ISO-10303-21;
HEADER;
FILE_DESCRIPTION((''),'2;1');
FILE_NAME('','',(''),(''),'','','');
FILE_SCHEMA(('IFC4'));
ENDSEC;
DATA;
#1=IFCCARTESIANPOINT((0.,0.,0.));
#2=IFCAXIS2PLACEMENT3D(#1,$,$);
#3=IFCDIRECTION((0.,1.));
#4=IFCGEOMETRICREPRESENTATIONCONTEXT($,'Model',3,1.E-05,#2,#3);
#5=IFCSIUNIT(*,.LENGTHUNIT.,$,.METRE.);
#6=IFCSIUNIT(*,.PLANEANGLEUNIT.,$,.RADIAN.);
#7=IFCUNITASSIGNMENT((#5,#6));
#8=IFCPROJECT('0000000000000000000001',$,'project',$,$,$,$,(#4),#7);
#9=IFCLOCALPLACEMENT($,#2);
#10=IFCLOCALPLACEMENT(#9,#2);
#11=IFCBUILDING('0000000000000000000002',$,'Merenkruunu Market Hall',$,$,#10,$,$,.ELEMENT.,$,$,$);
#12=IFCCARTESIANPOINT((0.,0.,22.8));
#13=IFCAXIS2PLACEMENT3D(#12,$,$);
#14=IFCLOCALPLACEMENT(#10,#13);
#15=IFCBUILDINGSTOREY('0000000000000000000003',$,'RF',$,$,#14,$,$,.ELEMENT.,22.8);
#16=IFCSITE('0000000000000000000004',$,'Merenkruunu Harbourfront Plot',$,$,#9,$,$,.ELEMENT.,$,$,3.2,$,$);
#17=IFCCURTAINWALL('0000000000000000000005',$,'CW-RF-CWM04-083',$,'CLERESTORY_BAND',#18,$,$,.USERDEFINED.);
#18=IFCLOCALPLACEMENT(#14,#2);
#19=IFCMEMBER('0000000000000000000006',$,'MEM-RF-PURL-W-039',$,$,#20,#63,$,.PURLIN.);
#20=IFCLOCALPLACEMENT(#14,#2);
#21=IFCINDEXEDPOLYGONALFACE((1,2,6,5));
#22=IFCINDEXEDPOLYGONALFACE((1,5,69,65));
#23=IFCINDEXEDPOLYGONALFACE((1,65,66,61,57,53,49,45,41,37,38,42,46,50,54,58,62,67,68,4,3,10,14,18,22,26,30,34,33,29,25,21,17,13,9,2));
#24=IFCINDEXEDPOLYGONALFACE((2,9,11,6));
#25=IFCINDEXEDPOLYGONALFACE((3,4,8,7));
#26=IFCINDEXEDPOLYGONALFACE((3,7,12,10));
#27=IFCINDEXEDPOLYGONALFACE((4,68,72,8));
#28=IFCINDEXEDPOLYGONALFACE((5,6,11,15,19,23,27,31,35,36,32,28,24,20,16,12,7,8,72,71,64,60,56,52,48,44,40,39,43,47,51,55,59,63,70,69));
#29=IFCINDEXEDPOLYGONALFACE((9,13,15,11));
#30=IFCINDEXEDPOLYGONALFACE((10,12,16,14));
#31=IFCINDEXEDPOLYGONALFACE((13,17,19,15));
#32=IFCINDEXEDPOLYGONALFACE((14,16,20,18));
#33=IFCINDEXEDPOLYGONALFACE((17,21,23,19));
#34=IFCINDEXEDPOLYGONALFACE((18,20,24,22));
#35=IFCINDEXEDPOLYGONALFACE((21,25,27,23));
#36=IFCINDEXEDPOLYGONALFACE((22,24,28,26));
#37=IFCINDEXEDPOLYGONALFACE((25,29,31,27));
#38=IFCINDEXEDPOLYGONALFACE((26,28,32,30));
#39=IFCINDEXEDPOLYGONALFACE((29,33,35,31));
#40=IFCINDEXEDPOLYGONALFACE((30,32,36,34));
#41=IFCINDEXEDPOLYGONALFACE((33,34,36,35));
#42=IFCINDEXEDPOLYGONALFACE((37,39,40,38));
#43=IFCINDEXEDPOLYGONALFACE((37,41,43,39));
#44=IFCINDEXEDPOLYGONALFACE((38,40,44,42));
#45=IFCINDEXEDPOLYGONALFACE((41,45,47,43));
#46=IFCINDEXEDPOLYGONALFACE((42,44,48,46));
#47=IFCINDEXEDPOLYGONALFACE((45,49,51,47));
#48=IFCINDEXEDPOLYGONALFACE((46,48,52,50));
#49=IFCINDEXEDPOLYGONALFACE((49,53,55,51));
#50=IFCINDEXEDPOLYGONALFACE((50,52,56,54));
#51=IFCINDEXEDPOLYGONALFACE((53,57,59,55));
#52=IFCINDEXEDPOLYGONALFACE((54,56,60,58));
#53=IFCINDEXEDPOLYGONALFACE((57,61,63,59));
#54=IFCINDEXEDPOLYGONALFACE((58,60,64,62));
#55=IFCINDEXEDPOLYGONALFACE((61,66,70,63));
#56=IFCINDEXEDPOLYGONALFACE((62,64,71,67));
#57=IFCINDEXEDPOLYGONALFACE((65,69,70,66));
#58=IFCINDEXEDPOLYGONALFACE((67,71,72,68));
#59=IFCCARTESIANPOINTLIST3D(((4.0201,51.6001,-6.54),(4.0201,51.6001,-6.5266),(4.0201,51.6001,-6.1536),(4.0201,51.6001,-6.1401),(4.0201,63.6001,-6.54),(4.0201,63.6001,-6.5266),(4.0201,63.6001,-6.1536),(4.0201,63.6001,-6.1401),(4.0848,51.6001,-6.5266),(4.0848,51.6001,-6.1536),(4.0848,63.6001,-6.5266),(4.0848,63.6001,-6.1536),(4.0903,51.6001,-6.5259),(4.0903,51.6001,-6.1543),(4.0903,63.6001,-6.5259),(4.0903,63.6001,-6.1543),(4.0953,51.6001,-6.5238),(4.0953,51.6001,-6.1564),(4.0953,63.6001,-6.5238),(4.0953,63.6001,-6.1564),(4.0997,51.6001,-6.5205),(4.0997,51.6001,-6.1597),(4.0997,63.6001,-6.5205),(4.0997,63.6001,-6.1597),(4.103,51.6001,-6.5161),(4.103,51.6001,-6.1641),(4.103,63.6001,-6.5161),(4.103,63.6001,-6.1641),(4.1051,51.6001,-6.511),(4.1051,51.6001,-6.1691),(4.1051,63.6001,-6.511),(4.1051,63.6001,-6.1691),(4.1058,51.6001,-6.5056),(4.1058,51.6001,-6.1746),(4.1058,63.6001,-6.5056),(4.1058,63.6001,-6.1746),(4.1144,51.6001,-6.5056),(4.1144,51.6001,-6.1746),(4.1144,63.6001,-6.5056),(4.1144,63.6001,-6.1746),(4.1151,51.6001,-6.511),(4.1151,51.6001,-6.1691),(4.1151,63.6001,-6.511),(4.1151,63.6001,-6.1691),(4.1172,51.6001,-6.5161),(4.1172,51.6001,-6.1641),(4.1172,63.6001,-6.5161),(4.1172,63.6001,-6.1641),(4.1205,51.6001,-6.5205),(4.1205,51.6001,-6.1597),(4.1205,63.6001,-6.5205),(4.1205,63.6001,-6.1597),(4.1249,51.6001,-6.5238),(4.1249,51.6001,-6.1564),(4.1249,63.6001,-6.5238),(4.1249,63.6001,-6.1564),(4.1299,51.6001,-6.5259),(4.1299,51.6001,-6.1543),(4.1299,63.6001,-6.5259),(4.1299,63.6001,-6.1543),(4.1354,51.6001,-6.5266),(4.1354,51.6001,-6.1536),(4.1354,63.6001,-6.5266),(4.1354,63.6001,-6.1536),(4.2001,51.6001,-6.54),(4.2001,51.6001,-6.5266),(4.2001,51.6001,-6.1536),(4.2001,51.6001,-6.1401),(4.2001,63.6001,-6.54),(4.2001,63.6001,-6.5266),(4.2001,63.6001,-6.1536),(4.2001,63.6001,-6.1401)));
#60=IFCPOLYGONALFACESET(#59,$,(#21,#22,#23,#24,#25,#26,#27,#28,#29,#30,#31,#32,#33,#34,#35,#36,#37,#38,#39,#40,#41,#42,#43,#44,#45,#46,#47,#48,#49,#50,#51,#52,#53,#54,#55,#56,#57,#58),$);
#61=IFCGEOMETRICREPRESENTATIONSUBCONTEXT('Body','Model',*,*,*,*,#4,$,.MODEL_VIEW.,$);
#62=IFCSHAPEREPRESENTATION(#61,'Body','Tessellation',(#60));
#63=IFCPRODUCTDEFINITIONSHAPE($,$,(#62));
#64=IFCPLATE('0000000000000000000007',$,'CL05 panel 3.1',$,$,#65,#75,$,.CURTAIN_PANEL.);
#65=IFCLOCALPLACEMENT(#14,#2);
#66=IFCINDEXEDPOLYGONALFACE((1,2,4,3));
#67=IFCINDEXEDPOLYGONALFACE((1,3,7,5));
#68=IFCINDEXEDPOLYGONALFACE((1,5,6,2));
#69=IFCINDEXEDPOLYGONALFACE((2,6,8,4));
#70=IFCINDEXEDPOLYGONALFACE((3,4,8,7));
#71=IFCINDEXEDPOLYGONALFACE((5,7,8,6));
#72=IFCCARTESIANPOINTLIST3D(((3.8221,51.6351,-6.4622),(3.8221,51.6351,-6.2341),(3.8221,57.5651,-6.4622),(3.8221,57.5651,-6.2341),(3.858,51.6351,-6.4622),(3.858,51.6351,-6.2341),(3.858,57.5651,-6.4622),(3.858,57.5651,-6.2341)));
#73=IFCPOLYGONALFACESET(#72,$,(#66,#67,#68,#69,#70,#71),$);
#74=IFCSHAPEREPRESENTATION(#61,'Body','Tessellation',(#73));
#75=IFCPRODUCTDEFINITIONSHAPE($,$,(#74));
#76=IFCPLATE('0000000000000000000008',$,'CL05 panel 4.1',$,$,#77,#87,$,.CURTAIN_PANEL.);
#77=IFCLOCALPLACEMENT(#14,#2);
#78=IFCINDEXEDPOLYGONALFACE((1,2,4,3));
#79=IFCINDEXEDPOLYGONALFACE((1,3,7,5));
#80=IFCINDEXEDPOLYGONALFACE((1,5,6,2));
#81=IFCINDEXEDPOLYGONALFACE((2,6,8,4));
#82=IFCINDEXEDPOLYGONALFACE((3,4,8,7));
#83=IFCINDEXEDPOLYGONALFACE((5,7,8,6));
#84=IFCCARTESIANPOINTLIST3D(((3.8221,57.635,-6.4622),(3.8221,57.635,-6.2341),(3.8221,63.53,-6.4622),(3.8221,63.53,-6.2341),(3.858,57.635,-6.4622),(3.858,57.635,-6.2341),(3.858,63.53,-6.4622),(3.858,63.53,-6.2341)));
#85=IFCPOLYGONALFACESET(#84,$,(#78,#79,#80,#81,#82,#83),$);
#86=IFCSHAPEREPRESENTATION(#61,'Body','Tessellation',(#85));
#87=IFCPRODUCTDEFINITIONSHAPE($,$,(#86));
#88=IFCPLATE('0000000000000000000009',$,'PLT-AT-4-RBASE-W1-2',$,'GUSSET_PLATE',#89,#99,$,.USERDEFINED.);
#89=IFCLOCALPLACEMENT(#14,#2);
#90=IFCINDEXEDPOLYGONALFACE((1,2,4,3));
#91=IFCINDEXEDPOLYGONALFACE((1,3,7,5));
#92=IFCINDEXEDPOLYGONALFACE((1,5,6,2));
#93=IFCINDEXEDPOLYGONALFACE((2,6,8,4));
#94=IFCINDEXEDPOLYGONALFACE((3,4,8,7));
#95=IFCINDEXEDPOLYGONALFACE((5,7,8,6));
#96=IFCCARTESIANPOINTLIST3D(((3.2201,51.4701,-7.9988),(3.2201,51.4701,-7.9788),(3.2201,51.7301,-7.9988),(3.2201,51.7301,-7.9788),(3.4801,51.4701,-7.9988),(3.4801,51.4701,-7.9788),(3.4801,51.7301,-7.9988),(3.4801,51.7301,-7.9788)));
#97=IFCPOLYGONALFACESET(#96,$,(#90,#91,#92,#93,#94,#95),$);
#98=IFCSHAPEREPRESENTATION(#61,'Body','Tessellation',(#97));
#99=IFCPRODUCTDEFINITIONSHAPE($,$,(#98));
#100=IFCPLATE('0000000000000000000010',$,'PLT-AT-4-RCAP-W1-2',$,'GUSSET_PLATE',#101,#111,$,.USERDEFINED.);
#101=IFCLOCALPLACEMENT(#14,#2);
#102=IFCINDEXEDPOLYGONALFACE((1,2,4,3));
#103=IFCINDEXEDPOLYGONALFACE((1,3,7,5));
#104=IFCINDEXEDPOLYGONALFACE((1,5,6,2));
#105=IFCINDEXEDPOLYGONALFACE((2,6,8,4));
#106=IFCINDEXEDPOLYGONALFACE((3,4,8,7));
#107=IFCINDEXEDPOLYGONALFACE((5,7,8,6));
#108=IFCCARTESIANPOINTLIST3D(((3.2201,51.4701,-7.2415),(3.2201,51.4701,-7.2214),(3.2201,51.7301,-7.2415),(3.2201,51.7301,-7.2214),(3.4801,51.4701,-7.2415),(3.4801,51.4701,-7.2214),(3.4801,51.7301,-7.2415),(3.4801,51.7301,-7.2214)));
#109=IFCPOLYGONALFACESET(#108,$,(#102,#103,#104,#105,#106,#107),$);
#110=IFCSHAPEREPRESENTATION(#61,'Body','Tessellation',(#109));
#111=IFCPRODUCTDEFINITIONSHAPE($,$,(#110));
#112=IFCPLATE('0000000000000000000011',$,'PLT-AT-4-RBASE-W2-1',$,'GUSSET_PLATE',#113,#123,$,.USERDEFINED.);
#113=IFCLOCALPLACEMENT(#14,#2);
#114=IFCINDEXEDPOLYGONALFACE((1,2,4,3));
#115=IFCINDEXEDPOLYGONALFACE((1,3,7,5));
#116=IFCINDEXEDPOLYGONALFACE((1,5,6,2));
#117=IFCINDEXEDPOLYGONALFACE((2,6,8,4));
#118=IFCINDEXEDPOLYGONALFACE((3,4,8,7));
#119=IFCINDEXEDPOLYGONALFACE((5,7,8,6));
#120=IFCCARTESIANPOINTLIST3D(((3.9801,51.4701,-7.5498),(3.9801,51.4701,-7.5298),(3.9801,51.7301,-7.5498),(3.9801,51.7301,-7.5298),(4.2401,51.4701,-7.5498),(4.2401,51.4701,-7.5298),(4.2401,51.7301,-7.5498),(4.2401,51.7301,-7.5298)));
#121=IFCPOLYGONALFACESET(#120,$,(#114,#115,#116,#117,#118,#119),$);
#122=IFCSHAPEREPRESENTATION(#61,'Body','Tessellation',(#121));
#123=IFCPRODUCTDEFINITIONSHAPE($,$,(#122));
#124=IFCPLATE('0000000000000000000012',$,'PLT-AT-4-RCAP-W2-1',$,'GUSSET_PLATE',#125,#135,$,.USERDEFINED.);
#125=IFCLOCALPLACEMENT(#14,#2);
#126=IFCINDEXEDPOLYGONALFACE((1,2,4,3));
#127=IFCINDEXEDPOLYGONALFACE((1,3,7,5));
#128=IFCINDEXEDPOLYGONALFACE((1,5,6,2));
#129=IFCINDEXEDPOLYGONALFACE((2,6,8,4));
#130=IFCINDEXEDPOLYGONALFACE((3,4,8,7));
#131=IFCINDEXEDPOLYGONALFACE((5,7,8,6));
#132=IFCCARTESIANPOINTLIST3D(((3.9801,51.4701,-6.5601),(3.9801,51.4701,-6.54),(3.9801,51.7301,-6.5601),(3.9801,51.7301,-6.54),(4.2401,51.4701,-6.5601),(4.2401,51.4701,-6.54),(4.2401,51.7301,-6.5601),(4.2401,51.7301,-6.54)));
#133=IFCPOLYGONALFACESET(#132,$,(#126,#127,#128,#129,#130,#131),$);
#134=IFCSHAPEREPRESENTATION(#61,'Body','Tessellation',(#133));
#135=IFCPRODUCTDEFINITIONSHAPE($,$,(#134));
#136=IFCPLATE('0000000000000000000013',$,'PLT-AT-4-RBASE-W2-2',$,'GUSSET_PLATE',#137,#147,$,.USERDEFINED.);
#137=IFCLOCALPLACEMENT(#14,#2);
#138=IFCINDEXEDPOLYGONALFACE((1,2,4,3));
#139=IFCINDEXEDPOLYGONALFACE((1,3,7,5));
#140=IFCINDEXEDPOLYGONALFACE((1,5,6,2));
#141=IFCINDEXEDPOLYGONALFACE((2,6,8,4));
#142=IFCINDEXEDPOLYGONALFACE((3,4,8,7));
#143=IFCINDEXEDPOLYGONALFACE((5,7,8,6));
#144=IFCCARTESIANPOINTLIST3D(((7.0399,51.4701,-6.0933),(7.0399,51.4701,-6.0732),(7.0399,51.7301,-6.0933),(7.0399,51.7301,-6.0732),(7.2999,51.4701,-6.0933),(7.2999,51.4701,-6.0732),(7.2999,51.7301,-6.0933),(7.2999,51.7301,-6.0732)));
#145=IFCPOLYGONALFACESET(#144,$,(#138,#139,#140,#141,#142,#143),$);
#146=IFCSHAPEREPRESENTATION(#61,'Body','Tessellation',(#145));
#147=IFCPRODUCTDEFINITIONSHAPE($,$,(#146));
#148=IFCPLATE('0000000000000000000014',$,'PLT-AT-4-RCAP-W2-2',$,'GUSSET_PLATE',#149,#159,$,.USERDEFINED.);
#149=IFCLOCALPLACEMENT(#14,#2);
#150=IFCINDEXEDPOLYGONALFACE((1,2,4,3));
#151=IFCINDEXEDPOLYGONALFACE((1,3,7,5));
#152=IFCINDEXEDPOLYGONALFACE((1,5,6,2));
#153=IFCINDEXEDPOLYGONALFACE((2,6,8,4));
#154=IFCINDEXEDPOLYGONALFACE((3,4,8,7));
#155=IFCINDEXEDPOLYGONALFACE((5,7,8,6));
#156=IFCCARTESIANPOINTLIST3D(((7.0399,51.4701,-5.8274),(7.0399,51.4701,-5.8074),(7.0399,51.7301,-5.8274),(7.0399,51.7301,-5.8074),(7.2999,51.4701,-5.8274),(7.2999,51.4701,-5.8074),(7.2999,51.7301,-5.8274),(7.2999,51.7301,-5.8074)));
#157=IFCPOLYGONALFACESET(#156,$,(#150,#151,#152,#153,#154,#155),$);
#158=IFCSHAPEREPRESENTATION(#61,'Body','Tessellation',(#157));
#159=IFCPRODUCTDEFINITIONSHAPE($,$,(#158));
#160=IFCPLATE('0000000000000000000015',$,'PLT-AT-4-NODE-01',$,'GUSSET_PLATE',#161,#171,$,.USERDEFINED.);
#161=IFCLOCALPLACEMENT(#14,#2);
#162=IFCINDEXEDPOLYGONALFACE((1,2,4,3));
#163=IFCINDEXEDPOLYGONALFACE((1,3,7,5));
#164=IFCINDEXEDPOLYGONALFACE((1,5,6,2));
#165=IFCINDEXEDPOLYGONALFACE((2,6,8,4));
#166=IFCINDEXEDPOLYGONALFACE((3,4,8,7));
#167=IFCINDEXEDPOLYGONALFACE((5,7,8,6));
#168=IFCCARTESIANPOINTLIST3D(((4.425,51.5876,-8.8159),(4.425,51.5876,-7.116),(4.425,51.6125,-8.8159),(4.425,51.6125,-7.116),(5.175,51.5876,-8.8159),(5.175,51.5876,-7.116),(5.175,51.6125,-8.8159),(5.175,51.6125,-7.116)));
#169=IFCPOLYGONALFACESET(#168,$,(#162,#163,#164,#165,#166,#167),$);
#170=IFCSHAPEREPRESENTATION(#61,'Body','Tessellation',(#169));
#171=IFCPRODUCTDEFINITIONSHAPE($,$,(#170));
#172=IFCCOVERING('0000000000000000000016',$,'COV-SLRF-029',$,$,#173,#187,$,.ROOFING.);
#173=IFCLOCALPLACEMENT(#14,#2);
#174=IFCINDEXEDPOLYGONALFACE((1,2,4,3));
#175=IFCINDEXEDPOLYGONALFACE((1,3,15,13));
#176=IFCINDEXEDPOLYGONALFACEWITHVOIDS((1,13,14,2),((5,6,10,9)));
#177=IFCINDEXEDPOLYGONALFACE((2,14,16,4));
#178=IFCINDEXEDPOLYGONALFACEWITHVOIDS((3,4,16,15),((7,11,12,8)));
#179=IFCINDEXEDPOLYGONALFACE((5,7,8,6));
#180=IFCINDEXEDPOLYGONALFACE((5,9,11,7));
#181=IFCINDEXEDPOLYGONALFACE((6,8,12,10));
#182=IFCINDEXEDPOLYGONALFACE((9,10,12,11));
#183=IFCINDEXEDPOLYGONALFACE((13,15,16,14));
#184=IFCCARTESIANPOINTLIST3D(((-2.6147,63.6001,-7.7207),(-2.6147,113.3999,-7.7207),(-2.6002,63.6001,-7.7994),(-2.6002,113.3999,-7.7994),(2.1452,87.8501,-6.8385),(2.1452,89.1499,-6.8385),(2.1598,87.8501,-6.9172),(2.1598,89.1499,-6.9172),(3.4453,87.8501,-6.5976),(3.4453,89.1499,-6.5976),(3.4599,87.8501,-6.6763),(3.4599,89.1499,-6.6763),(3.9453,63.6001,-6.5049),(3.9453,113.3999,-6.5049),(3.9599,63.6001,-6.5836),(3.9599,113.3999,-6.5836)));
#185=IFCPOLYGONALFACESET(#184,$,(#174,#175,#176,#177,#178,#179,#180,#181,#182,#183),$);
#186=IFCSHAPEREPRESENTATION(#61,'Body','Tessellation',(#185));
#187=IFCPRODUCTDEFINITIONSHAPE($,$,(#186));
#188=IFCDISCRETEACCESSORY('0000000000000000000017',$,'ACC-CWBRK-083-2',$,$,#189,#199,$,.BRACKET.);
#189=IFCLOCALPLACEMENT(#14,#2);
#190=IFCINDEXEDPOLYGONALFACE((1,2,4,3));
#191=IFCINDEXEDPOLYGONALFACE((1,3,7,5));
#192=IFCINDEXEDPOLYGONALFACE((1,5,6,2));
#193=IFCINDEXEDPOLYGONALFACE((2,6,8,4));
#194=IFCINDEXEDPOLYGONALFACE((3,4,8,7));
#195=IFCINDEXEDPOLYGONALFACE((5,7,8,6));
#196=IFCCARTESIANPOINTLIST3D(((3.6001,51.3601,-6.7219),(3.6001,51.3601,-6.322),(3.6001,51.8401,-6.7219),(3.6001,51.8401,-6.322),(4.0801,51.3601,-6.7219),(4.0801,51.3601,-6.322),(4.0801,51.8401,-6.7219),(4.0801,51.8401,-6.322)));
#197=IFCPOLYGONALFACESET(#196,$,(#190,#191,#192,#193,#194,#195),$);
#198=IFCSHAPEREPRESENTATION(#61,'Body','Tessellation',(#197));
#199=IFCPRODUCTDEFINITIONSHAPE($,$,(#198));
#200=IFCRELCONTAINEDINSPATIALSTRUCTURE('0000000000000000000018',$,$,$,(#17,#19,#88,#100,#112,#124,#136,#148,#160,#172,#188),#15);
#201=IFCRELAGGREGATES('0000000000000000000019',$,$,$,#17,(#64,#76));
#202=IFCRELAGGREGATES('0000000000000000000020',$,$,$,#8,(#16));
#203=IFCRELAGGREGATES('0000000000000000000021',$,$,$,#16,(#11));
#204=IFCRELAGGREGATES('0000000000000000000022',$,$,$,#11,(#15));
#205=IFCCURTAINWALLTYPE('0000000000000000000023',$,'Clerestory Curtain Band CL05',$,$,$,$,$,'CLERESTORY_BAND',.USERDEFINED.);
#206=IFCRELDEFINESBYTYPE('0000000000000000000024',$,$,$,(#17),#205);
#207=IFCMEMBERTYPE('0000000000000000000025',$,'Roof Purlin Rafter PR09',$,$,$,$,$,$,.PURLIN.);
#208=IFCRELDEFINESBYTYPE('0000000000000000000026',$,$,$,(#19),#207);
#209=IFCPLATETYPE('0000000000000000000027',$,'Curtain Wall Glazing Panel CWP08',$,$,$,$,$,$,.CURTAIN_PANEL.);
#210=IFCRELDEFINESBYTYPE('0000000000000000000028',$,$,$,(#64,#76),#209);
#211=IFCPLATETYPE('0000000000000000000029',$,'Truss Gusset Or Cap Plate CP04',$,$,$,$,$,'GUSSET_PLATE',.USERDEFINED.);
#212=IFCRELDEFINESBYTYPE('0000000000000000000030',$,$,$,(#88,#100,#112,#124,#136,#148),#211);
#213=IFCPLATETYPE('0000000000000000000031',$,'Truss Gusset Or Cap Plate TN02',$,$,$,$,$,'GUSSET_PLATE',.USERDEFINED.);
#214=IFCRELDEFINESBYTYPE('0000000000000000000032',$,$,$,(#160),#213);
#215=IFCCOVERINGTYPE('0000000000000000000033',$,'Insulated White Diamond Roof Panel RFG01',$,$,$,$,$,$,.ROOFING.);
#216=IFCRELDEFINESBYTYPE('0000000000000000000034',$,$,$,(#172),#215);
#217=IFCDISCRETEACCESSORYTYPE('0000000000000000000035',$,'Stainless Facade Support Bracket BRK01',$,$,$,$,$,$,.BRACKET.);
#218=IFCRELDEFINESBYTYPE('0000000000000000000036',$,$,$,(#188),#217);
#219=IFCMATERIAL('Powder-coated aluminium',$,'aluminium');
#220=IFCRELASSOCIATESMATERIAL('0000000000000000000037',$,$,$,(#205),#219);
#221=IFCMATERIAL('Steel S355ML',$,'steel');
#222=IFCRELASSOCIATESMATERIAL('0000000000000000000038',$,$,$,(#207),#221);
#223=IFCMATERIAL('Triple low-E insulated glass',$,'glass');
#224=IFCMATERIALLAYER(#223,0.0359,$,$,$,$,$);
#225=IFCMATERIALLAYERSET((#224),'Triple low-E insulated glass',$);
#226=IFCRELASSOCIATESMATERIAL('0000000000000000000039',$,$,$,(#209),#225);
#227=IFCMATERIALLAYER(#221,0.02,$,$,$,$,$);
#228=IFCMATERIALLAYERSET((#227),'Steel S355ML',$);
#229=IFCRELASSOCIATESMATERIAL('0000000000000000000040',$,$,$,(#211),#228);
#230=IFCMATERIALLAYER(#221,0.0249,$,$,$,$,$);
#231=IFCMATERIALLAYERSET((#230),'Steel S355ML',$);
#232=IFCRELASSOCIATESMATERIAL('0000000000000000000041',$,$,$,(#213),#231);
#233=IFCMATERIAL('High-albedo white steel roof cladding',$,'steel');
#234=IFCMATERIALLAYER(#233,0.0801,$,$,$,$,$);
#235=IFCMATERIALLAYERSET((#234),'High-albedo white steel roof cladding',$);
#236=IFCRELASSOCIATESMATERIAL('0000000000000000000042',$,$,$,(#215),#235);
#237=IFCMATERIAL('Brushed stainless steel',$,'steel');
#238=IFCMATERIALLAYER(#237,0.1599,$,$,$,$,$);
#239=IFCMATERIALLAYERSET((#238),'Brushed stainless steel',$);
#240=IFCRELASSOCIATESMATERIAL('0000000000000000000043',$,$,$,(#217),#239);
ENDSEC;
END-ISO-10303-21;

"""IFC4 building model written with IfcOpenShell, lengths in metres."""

from ifc_helpers import new_model, si_unit, direction, frame, origin, origin_2d, place, context, subcontext, project, spatial, polyline, rectangle, i_section, outline, extrude, material, layer, layer_set, material_profile, profile_set, type_object, element, aggregate, save


model = new_model("IFC4")

# Units and contexts
model_context = context("Model", 3, precision=1e-05, world=origin(), true_north=direction((0.0, 1.0)))
body_context = subcontext(model_context, "Body", "Model", "MODEL_VIEW")
ifc_project = project(units=[si_unit("LENGTHUNIT", "METRE"), si_unit("PLANEANGLEUNIT", "RADIAN")], contexts=[model_context])

# Site, building, storey
site_placement = place(None, origin())
site = spatial("IfcSite", under=ifc_project, at=site_placement, Name="Merenkruunu Harbourfront Plot", CompositionType="ELEMENT", RefElevation=3.2)
building_placement = place(site_placement, origin())
building = spatial("IfcBuilding", under=site, at=building_placement, Name="Merenkruunu Market Hall", CompositionType="ELEMENT")
storey_placement = place(building_placement, frame((0.0, 0.0, 22.8)))
storey = spatial("IfcBuildingStorey", under=building, at=storey_placement, Name="RF", CompositionType="ELEMENT", Elevation=22.8)

# Shared definitions
ifc_material_1 = material(Name="Steel S355ML", Category="steel")

# Curtain wall
ifc_material_2 = material(Name="Powder-coated aluminium", Category="aluminium")
curtain_wall_type = type_object("IfcCurtainWallType", Name="Clerestory Curtain Band CL05", ElementType="CLERESTORY_BAND", PredefinedType="USERDEFINED", material=ifc_material_2)
curtain_wall_placement = place(storey_placement, origin())
curtain_wall = element("IfcCurtainWall", 1, at=curtain_wall_placement, inside=storey, type_object=curtain_wall_type, Name="CW-RF-CWM04-083", ObjectType="CLERESTORY_BAND", PredefinedType="USERDEFINED")

# Member
ifc_material_profile_1 = material_profile(ifc_material_1, i_section(OverallWidth=0.1799, OverallDepth=0.3999, WebThickness=0.0085, FlangeThickness=0.0134, FilletRadius=0.021, at=origin_2d()), Name="IPE 400")
ifc_profile_set_1 = profile_set([ifc_material_profile_1], Name="Steel S355ML")
member_type_1 = type_object("IfcMemberType", Name="Roof Purlin Rafter PR09", PredefinedType="PURLIN", material=ifc_profile_set_1)
member_1_placement = place(storey_placement, frame((4.1101, 51.6001, -6.3401), z_axis=(0.0, 1.0, 0.0), x_axis=(-1.0, 0.0, 0.0)))
element("IfcMember", 2, at=member_1_placement, inside=storey, type_object=member_type_1, Name="MEM-RF-PURL-W-039", PredefinedType="PURLIN", context=body_context, shape_type="SweptSolid", body=[
    extrude(i_section(OverallWidth=0.1799, OverallDepth=0.3999, WebThickness=0.0085, FlangeThickness=0.0134, FilletRadius=0.021, at=origin_2d()), origin(), (0.0, 0.0, 1.0), 12.0),
])

# Plates
ifc_material_3 = material(Name="Triple low-E insulated glass", Category="glass")
ifc_layer_1 = layer(ifc_material_3, 0.0359)
ifc_layer_set_1 = layer_set([ifc_layer_1], Name="Triple low-E insulated glass")
plate_type_1 = type_object("IfcPlateType", Name="Curtain Wall Glazing Panel CWP08", PredefinedType="CURTAIN_PANEL", material=ifc_layer_set_1)
plate_1_placement = place(storey_placement, frame((3.8401, 54.6001, -6.4622), z_axis=(0.0, 0.0, 1.0), x_axis=(0.0, 1.0, 0.0)))
plate_1 = element("IfcPlate", 3, at=plate_1_placement, type_object=plate_type_1, Name="CL05 panel 3.1", PredefinedType="CURTAIN_PANEL", context=body_context, shape_type="SweptSolid", body=[
    extrude(rectangle(XDim=5.9299, YDim=0.0359, at=origin_2d()), origin(), (0.0, 0.0, 1.0), 0.228),
])
plate_2_placement = place(storey_placement, frame((3.8401, 60.5825, -6.4622), z_axis=(0.0, 0.0, 1.0), x_axis=(0.0, 1.0, 0.0)))
plate_2 = element("IfcPlate", 4, at=plate_2_placement, type_object=plate_type_1, Name="CL05 panel 4.1", PredefinedType="CURTAIN_PANEL", context=body_context, shape_type="SweptSolid", body=[
    extrude(rectangle(XDim=5.895, YDim=0.0359, at=origin_2d()), origin(), (0.0, 0.0, 1.0), 0.228),
])
aggregate(curtain_wall, [plate_1, plate_2])

# Plates
ifc_layer_2 = layer(ifc_material_1, 0.02)
ifc_layer_set_2 = layer_set([ifc_layer_2], Name="Steel S355ML")
plate_type_2 = type_object("IfcPlateType", Name="Truss Gusset Or Cap Plate CP04", ElementType="GUSSET_PLATE", PredefinedType="USERDEFINED", material=ifc_layer_set_2)
for number, where, z_axis, x_axis, name in (
    (5, (3.3501, 51.6001, -7.9988), (0.0, 0.0, 1.0), (1.0, 0.0, 0.0), "PLT-AT-4-RBASE-W1-2"),
    (6, (3.3501, 51.6001, -7.2415), (0.0, 0.0, 1.0), (1.0, 0.0, 0.0), "PLT-AT-4-RCAP-W1-2"),
    (7, (4.1101, 51.6001, -7.5498), (0.0, 0.0, 1.0), (1.0, 0.0, 0.0), "PLT-AT-4-RBASE-W2-1"),
    (8, (4.1101, 51.6001, -6.5601), (0.0, 0.0, 1.0), (1.0, 0.0, 0.0), "PLT-AT-4-RCAP-W2-1"),
    (9, (7.1699, 51.6001, -6.0933), (0.0, 0.0, 1.0), (1.0, 0.0, 0.0), "PLT-AT-4-RBASE-W2-2"),
    (10, (7.1699, 51.6001, -5.8274), (0.0, 0.0, 1.0), (1.0, 0.0, 0.0), "PLT-AT-4-RCAP-W2-2"),
):
    element("IfcPlate", number, at=place(storey_placement, frame(where, z_axis=z_axis, x_axis=x_axis)), inside=storey, type_object=plate_type_2, Name=name, ObjectType="GUSSET_PLATE", PredefinedType="USERDEFINED", context=body_context, shape_type="SweptSolid", body=[
        extrude(rectangle(XDim=0.26, YDim=0.26, at=origin_2d()), origin(), (0.0, 0.0, 1.0), 0.02),
    ])
ifc_layer_3 = layer(ifc_material_1, 0.0249)
ifc_layer_set_3 = layer_set([ifc_layer_3], Name="Steel S355ML")
plate_type_3 = type_object("IfcPlateType", Name="Truss Gusset Or Cap Plate TN02", ElementType="GUSSET_PLATE", PredefinedType="USERDEFINED", material=ifc_layer_set_3)
plate_3_placement = place(storey_placement, frame((4.8, 51.6001, -8.8159), z_axis=(0.0, 0.0, 1.0), x_axis=(1.0, 0.0, 0.0)))
element("IfcPlate", 11, at=plate_3_placement, inside=storey, type_object=plate_type_3, Name="PLT-AT-4-NODE-01", ObjectType="GUSSET_PLATE", PredefinedType="USERDEFINED", context=body_context, shape_type="SweptSolid", body=[
    extrude(rectangle(XDim=0.75, YDim=0.0249, at=origin_2d()), origin(), (0.0, 0.0, 1.0), 1.7),
])

# Covering
ifc_material_4 = material(Name="High-albedo white steel roof cladding", Category="steel")
ifc_layer_4 = layer(ifc_material_4, 0.0801)
ifc_layer_set_4 = layer_set([ifc_layer_4], Name="High-albedo white steel roof cladding")
covering_type = type_object("IfcCoveringType", Name="Insulated White Diamond Roof Panel RFG01", PredefinedType="ROOFING", material=ifc_layer_set_4)
covering_placement = place(storey_placement, frame((-2.6147, 63.6001, -7.7207), z_axis=(-0.182233, 0.0, 0.983255), x_axis=(0.983255, 0.0, 0.182233)))
element("IfcCovering", 12, at=covering_placement, inside=storey, type_object=covering_type, Name="COV-SLRF-029", PredefinedType="ROOFING", context=body_context, shape_type="SweptSolid", body=[
    extrude(outline(polyline([(0.0, 0.0), (6.6718, 0.0), (6.6718, 49.7998), (0.0, 49.7998), (0.0, 0.0)]), holes=[polyline([(4.841, 24.25), (6.1632, 24.25), (6.1632, 25.5498), (4.841, 25.5498), (4.841, 24.25)])]), origin(), (0.0, 0.0, -1.0), 0.0801),
])

# Discrete accessory
ifc_material_5 = material(Name="Brushed stainless steel", Category="steel")
ifc_layer_5 = layer(ifc_material_5, 0.1599)
ifc_layer_set_5 = layer_set([ifc_layer_5], Name="Brushed stainless steel")
discrete_accessory_type = type_object("IfcDiscreteAccessoryType", Name="Stainless Facade Support Bracket BRK01", PredefinedType="BRACKET", material=ifc_layer_set_5)
discrete_accessory_placement = place(storey_placement, frame((3.8401, 51.6001, -6.7219), z_axis=(0.0, 0.0, 1.0), x_axis=(1.0, 0.0, 0.0)))
element("IfcDiscreteAccessory", 13, at=discrete_accessory_placement, inside=storey, type_object=discrete_accessory_type, Name="ACC-CWBRK-083-2", PredefinedType="BRACKET", context=body_context, shape_type="SweptSolid", body=[
    extrude(rectangle(XDim=0.48, YDim=0.48, at=origin_2d()), origin(), (0.0, 0.0, 1.0), 0.3999),
])

save(model, "model.ifc")
